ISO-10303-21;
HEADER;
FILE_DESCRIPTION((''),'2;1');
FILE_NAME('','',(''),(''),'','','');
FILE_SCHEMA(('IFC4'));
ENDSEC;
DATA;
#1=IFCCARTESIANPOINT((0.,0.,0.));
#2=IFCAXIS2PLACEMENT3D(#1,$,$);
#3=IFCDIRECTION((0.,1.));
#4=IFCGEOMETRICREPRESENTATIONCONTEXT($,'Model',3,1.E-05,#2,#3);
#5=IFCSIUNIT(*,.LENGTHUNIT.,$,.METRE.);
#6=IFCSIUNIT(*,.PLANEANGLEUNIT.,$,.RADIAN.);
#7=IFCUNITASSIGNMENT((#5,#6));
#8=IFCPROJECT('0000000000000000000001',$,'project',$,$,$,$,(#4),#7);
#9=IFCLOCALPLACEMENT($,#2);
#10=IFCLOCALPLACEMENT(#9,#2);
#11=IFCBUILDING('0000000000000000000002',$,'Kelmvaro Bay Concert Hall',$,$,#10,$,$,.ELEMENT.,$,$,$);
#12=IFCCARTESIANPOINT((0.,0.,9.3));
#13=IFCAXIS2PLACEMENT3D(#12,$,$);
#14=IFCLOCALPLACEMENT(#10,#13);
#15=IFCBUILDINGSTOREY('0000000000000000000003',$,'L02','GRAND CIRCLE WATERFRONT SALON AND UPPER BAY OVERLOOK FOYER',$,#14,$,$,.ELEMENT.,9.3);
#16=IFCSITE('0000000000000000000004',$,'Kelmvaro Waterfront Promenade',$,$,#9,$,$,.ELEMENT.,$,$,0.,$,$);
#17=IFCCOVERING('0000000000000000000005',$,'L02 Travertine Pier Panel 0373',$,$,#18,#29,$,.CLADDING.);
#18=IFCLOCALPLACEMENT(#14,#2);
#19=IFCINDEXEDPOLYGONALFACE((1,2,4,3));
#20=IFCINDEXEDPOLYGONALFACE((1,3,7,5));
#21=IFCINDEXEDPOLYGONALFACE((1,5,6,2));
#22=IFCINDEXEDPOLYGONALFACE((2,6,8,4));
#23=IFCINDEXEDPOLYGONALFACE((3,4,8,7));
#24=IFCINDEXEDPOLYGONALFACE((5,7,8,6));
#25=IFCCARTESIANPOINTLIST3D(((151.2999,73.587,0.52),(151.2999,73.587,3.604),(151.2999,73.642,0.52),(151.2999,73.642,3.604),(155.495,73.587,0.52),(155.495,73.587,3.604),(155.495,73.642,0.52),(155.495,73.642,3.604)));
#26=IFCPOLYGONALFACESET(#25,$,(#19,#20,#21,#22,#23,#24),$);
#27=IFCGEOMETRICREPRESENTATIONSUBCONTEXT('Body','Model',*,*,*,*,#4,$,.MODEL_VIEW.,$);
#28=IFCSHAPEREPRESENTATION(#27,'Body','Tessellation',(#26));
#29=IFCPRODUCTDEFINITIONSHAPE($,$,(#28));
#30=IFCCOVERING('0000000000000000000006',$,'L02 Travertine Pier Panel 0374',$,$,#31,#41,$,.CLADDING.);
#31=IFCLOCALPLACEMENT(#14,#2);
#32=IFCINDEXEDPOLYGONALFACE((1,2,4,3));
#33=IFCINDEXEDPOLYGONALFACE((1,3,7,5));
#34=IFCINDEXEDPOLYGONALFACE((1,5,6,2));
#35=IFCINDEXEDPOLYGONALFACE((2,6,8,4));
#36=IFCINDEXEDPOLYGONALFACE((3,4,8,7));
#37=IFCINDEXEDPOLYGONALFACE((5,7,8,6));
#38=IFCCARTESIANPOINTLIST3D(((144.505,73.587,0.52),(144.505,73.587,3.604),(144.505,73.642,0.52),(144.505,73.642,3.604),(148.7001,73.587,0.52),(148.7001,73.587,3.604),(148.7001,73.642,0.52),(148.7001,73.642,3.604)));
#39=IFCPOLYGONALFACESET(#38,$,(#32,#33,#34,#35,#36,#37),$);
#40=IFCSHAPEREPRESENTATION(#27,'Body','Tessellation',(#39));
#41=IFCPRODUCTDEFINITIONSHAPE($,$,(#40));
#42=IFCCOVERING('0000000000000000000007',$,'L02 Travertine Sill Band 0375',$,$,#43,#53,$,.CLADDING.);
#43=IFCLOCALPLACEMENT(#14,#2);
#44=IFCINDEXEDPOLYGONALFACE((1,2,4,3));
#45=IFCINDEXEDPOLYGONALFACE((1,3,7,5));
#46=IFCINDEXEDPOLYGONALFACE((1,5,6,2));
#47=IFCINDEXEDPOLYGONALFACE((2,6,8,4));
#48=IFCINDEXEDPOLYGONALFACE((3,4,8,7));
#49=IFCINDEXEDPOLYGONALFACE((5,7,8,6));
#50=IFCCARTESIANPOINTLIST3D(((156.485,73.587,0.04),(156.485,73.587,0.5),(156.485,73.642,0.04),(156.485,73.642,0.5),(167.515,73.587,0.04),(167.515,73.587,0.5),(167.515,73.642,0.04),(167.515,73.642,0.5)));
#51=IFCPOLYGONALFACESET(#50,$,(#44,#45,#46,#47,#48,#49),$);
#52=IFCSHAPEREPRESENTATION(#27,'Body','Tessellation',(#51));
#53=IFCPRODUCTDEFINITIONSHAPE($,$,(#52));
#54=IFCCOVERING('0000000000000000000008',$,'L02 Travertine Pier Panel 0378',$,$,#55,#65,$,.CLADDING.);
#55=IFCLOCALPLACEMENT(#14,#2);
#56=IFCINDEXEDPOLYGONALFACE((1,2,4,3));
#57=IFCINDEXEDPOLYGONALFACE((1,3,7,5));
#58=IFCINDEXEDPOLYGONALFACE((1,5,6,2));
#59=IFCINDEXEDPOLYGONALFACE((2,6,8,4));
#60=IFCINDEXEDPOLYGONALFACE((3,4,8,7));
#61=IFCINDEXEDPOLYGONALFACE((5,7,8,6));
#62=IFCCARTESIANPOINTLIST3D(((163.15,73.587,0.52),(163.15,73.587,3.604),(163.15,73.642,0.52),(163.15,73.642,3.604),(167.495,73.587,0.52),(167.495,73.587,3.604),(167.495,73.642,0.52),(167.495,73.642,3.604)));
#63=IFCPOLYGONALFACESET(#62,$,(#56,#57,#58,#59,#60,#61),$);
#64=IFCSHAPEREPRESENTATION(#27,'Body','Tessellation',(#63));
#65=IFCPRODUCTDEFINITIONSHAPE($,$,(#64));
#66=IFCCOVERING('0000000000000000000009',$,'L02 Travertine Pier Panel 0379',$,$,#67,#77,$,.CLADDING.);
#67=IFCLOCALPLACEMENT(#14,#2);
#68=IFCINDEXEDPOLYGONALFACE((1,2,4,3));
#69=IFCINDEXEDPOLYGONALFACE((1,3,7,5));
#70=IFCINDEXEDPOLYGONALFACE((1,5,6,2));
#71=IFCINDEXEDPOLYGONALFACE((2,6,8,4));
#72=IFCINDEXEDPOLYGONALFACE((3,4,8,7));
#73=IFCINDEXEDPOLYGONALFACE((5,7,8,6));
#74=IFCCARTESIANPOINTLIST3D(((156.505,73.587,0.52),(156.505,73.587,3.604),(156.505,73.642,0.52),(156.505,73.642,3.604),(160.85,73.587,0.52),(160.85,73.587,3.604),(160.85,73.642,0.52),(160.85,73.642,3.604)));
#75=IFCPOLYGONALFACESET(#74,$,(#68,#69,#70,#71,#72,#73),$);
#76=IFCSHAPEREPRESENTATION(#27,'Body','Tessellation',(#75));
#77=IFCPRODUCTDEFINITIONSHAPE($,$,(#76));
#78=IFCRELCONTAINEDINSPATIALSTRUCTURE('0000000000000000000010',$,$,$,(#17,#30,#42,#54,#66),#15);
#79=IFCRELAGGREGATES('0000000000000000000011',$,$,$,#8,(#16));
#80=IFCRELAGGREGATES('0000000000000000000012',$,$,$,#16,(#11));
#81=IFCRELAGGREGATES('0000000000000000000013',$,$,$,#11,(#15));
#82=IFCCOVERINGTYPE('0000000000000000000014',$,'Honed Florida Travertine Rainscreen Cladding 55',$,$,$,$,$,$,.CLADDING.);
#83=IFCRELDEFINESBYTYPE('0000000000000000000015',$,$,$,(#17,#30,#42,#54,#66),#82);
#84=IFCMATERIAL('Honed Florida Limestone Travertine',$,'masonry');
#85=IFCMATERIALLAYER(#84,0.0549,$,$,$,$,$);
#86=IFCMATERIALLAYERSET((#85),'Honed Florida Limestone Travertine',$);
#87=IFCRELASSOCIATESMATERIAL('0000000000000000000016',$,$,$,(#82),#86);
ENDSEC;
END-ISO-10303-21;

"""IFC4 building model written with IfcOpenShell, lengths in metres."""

from ifc_helpers import new_model, si_unit, direction, frame, origin, origin_2d, place, context, subcontext, project, spatial, rectangle, extrude, material, layer, layer_set, type_object, element, save


model = new_model("IFC4")

# Units and contexts
model_context = context("Model", 3, precision=1e-05, world=origin(), true_north=direction((0.0, 1.0)))
body_context = subcontext(model_context, "Body", "Model", "MODEL_VIEW")
ifc_project = project(units=[si_unit("LENGTHUNIT", "METRE"), si_unit("PLANEANGLEUNIT", "RADIAN")], contexts=[model_context])

# Site, building, storey
site_placement = place(None, origin())
site = spatial("IfcSite", under=ifc_project, at=site_placement, Name="Kelmvaro Waterfront Promenade", CompositionType="ELEMENT", RefElevation=0.0)
building_placement = place(site_placement, origin())
building = spatial("IfcBuilding", under=site, at=building_placement, Name="Kelmvaro Bay Concert Hall", CompositionType="ELEMENT")
storey_placement = place(building_placement, frame((0.0, 0.0, 9.3)))
storey = spatial("IfcBuildingStorey", under=building, at=storey_placement, Name="L02", Description="GRAND CIRCLE WATERFRONT SALON AND UPPER BAY OVERLOOK FOYER", CompositionType="ELEMENT", Elevation=9.3)

# Coverings
ifc_material_1 = material(Name="Honed Florida Limestone Travertine", Category="masonry")
ifc_layer_1 = layer(ifc_material_1, 0.0549)
ifc_layer_set_1 = layer_set([ifc_layer_1], Name="Honed Florida Limestone Travertine")
covering_type_1 = type_object("IfcCoveringType", Name="Honed Florida Travertine Rainscreen Cladding 55", PredefinedType="CLADDING", material=ifc_layer_set_1)
for number, where, z_axis, x_axis, name in (
    (1, (153.3975, 73.6145, 0.52), (0.0, 0.0, 1.0), (-1.0, 0.0, 0.0), "L02 Travertine Pier Panel 0373"),
    (2, (146.6025, 73.6145, 0.52), (0.0, 0.0, 1.0), (-1.0, 0.0, 0.0), "L02 Travertine Pier Panel 0374"),
):
    element("IfcCovering", number, at=place(storey_placement, frame(where, z_axis=z_axis, x_axis=x_axis)), inside=storey, type_object=covering_type_1, Name=name, PredefinedType="CLADDING", context=body_context, shape_type="SweptSolid", body=[
        extrude(rectangle(XDim=4.1951, YDim=0.0549, at=origin_2d()), origin(), (0.0, 0.0, 1.0), 3.084),
    ])
covering_1_placement = place(storey_placement, frame((162.0, 73.6145, 0.04), z_axis=(0.0, 0.0, 1.0), x_axis=(-1.0, 0.0, 0.0)))
element("IfcCovering", 3, at=covering_1_placement, inside=storey, type_object=covering_type_1, Name="L02 Travertine Sill Band 0375", PredefinedType="CLADDING", context=body_context, shape_type="SweptSolid", body=[
    extrude(rectangle(XDim=11.03, YDim=0.0549, at=origin_2d()), origin(), (0.0, 0.0, 1.0), 0.46),
])
for number, where, z_axis, x_axis, name in (
    (4, (165.3225, 73.6145, 0.52), (0.0, 0.0, 1.0), (-1.0, 0.0, 0.0), "L02 Travertine Pier Panel 0378"),
    (5, (158.6775, 73.6145, 0.52), (0.0, 0.0, 1.0), (-1.0, 0.0, 0.0), "L02 Travertine Pier Panel 0379"),
):
    element("IfcCovering", number, at=place(storey_placement, frame(where, z_axis=z_axis, x_axis=x_axis)), inside=storey, type_object=covering_type_1, Name=name, PredefinedType="CLADDING", context=body_context, shape_type="SweptSolid", body=[
        extrude(rectangle(XDim=4.345, YDim=0.0549, at=origin_2d()), origin(), (0.0, 0.0, 1.0), 3.084),
    ])

save(model, "model.ifc")
